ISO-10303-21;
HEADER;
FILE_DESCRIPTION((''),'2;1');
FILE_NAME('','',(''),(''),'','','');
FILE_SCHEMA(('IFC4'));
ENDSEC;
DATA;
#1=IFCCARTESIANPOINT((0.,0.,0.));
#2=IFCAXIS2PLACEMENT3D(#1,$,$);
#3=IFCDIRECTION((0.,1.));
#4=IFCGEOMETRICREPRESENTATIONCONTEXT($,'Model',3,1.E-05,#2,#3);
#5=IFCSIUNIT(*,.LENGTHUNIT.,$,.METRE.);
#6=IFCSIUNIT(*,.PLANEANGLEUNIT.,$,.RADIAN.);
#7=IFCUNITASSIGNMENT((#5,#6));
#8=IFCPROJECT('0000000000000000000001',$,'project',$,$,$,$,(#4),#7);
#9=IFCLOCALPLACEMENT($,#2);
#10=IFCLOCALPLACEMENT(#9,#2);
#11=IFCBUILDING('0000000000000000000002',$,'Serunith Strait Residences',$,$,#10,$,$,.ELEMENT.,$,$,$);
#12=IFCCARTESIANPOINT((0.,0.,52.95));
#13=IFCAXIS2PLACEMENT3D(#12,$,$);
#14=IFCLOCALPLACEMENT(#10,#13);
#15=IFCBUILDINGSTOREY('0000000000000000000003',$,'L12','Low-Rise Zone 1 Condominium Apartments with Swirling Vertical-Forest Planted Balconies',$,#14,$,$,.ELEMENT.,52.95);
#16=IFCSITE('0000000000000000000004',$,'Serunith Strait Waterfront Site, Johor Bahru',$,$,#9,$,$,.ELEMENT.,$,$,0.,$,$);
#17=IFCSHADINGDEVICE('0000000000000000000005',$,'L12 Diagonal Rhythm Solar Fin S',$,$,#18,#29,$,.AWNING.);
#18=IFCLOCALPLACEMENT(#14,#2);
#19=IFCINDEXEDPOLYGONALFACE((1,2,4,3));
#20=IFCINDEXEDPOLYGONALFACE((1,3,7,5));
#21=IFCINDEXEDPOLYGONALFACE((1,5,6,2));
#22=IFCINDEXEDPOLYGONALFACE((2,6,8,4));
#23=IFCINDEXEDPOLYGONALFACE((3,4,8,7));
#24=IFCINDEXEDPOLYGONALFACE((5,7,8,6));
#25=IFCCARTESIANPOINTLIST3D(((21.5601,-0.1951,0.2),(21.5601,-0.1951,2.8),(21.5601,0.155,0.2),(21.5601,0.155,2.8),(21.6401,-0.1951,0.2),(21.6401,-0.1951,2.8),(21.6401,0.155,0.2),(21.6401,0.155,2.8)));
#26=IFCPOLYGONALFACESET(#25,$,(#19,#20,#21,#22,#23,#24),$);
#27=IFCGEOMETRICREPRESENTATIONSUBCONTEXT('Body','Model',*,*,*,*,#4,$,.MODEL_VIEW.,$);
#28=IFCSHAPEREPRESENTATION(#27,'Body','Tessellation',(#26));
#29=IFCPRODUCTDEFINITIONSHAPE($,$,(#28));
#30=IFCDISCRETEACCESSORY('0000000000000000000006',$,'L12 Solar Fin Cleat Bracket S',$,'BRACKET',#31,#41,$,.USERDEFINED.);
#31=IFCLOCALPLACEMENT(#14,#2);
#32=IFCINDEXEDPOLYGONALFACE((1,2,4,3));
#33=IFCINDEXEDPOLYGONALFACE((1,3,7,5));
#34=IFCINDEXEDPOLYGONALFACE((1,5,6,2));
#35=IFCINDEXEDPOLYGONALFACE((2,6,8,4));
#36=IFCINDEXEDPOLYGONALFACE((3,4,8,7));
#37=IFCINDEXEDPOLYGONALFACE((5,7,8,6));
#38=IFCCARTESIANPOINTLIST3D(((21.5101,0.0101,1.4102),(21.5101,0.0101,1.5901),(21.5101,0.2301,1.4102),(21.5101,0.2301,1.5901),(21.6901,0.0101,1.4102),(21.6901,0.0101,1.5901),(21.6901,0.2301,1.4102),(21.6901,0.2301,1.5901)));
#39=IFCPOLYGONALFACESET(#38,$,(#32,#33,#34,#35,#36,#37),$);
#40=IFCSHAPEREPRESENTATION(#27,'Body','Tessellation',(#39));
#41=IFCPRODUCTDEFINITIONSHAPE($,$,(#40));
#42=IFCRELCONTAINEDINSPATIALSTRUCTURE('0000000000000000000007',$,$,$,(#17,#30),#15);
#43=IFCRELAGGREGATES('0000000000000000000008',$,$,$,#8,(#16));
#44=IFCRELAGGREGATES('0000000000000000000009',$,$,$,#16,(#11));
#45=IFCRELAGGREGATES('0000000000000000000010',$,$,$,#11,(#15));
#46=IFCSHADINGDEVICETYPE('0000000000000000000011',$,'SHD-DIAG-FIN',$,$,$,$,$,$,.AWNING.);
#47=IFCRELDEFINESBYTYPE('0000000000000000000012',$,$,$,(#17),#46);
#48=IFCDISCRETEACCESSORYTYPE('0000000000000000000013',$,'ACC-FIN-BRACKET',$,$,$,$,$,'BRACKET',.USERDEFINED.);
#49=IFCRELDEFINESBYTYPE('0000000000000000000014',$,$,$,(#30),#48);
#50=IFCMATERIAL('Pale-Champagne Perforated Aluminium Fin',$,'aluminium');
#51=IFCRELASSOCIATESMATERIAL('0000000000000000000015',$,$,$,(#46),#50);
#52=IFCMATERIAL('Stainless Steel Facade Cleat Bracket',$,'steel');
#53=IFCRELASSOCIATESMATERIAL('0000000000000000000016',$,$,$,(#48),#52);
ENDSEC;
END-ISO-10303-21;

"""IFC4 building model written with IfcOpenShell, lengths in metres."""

from ifc_helpers import new_model, si_unit, direction, frame, origin, origin_2d, place, context, subcontext, project, spatial, rectangle, extrude, source, transform, mapped, material, type_object, element, save


model = new_model("IFC4")

# Units and contexts
model_context = context("Model", 3, precision=1e-05, world=origin(), true_north=direction((0.0, 1.0)))
body_context = subcontext(model_context, "Body", "Model", "MODEL_VIEW")
ifc_project = project(units=[si_unit("LENGTHUNIT", "METRE"), si_unit("PLANEANGLEUNIT", "RADIAN")], contexts=[model_context])

# Site, building, storey
site_placement = place(None, origin())
site = spatial("IfcSite", under=ifc_project, at=site_placement, Name="Serunith Strait Waterfront Site, Johor Bahru", CompositionType="ELEMENT", RefElevation=0.0)
building_placement = place(site_placement, origin())
building = spatial("IfcBuilding", under=site, at=building_placement, Name="Serunith Strait Residences", CompositionType="ELEMENT")
storey_placement = place(building_placement, frame((0.0, 0.0, 52.95)))
storey = spatial("IfcBuildingStorey", under=building, at=storey_placement, Name="L12", Description="Low-Rise Zone 1 Condominium Apartments with Swirling Vertical-Forest Planted Balconies", CompositionType="ELEMENT", Elevation=52.95)

# Shading device
ifc_material_1 = material(Name="Pale-Champagne Perforated Aluminium Fin", Category="aluminium")
shading_device_type = type_object("IfcShadingDeviceType", Name="SHD-DIAG-FIN", PredefinedType="AWNING", material=ifc_material_1)
shared_shape_1 = source(origin(), body_context, "Body", "SweptSolid", [
    extrude(rectangle(XDim=0.0801, YDim=0.3501, at=origin_2d()), origin(), (0.0, 0.0, 1.0), 2.6001),
])
shading_device_placement = place(storey_placement, frame((21.6001, -0.02, 0.2), z_axis=(0.0, 0.0, 1.0), x_axis=(1.0, 0.0, 0.0)))
element("IfcShadingDevice", 1, at=shading_device_placement, inside=storey, type_object=shading_device_type, Name="L12 Diagonal Rhythm Solar Fin S", PredefinedType="AWNING", context=body_context, shape_type="MappedRepresentation", body=[
    mapped(shared_shape_1, transform((0.0, 0.0, 0.0), scale=1.0)),
])

# Discrete accessory
ifc_material_2 = material(Name="Stainless Steel Facade Cleat Bracket", Category="steel")
discrete_accessory_type = type_object("IfcDiscreteAccessoryType", Name="ACC-FIN-BRACKET", ElementType="BRACKET", PredefinedType="USERDEFINED", material=ifc_material_2)
shared_shape_2 = source(origin(), body_context, "Body", "SweptSolid", [
    extrude(rectangle(XDim=0.1799, YDim=0.22, at=origin_2d()), origin(), (0.0, 0.0, 1.0), 0.1799),
])
discrete_accessory_placement = place(storey_placement, frame((21.6001, 0.1201, 1.4102), z_axis=(0.0, 0.0, 1.0), x_axis=(1.0, 0.0, 0.0)))
element("IfcDiscreteAccessory", 2, at=discrete_accessory_placement, inside=storey, type_object=discrete_accessory_type, Name="L12 Solar Fin Cleat Bracket S", ObjectType="BRACKET", PredefinedType="USERDEFINED", context=body_context, shape_type="MappedRepresentation", body=[
    mapped(shared_shape_2, transform((0.0, 0.0, 0.0), scale=1.0)),
])

save(model, "model.ifc")
